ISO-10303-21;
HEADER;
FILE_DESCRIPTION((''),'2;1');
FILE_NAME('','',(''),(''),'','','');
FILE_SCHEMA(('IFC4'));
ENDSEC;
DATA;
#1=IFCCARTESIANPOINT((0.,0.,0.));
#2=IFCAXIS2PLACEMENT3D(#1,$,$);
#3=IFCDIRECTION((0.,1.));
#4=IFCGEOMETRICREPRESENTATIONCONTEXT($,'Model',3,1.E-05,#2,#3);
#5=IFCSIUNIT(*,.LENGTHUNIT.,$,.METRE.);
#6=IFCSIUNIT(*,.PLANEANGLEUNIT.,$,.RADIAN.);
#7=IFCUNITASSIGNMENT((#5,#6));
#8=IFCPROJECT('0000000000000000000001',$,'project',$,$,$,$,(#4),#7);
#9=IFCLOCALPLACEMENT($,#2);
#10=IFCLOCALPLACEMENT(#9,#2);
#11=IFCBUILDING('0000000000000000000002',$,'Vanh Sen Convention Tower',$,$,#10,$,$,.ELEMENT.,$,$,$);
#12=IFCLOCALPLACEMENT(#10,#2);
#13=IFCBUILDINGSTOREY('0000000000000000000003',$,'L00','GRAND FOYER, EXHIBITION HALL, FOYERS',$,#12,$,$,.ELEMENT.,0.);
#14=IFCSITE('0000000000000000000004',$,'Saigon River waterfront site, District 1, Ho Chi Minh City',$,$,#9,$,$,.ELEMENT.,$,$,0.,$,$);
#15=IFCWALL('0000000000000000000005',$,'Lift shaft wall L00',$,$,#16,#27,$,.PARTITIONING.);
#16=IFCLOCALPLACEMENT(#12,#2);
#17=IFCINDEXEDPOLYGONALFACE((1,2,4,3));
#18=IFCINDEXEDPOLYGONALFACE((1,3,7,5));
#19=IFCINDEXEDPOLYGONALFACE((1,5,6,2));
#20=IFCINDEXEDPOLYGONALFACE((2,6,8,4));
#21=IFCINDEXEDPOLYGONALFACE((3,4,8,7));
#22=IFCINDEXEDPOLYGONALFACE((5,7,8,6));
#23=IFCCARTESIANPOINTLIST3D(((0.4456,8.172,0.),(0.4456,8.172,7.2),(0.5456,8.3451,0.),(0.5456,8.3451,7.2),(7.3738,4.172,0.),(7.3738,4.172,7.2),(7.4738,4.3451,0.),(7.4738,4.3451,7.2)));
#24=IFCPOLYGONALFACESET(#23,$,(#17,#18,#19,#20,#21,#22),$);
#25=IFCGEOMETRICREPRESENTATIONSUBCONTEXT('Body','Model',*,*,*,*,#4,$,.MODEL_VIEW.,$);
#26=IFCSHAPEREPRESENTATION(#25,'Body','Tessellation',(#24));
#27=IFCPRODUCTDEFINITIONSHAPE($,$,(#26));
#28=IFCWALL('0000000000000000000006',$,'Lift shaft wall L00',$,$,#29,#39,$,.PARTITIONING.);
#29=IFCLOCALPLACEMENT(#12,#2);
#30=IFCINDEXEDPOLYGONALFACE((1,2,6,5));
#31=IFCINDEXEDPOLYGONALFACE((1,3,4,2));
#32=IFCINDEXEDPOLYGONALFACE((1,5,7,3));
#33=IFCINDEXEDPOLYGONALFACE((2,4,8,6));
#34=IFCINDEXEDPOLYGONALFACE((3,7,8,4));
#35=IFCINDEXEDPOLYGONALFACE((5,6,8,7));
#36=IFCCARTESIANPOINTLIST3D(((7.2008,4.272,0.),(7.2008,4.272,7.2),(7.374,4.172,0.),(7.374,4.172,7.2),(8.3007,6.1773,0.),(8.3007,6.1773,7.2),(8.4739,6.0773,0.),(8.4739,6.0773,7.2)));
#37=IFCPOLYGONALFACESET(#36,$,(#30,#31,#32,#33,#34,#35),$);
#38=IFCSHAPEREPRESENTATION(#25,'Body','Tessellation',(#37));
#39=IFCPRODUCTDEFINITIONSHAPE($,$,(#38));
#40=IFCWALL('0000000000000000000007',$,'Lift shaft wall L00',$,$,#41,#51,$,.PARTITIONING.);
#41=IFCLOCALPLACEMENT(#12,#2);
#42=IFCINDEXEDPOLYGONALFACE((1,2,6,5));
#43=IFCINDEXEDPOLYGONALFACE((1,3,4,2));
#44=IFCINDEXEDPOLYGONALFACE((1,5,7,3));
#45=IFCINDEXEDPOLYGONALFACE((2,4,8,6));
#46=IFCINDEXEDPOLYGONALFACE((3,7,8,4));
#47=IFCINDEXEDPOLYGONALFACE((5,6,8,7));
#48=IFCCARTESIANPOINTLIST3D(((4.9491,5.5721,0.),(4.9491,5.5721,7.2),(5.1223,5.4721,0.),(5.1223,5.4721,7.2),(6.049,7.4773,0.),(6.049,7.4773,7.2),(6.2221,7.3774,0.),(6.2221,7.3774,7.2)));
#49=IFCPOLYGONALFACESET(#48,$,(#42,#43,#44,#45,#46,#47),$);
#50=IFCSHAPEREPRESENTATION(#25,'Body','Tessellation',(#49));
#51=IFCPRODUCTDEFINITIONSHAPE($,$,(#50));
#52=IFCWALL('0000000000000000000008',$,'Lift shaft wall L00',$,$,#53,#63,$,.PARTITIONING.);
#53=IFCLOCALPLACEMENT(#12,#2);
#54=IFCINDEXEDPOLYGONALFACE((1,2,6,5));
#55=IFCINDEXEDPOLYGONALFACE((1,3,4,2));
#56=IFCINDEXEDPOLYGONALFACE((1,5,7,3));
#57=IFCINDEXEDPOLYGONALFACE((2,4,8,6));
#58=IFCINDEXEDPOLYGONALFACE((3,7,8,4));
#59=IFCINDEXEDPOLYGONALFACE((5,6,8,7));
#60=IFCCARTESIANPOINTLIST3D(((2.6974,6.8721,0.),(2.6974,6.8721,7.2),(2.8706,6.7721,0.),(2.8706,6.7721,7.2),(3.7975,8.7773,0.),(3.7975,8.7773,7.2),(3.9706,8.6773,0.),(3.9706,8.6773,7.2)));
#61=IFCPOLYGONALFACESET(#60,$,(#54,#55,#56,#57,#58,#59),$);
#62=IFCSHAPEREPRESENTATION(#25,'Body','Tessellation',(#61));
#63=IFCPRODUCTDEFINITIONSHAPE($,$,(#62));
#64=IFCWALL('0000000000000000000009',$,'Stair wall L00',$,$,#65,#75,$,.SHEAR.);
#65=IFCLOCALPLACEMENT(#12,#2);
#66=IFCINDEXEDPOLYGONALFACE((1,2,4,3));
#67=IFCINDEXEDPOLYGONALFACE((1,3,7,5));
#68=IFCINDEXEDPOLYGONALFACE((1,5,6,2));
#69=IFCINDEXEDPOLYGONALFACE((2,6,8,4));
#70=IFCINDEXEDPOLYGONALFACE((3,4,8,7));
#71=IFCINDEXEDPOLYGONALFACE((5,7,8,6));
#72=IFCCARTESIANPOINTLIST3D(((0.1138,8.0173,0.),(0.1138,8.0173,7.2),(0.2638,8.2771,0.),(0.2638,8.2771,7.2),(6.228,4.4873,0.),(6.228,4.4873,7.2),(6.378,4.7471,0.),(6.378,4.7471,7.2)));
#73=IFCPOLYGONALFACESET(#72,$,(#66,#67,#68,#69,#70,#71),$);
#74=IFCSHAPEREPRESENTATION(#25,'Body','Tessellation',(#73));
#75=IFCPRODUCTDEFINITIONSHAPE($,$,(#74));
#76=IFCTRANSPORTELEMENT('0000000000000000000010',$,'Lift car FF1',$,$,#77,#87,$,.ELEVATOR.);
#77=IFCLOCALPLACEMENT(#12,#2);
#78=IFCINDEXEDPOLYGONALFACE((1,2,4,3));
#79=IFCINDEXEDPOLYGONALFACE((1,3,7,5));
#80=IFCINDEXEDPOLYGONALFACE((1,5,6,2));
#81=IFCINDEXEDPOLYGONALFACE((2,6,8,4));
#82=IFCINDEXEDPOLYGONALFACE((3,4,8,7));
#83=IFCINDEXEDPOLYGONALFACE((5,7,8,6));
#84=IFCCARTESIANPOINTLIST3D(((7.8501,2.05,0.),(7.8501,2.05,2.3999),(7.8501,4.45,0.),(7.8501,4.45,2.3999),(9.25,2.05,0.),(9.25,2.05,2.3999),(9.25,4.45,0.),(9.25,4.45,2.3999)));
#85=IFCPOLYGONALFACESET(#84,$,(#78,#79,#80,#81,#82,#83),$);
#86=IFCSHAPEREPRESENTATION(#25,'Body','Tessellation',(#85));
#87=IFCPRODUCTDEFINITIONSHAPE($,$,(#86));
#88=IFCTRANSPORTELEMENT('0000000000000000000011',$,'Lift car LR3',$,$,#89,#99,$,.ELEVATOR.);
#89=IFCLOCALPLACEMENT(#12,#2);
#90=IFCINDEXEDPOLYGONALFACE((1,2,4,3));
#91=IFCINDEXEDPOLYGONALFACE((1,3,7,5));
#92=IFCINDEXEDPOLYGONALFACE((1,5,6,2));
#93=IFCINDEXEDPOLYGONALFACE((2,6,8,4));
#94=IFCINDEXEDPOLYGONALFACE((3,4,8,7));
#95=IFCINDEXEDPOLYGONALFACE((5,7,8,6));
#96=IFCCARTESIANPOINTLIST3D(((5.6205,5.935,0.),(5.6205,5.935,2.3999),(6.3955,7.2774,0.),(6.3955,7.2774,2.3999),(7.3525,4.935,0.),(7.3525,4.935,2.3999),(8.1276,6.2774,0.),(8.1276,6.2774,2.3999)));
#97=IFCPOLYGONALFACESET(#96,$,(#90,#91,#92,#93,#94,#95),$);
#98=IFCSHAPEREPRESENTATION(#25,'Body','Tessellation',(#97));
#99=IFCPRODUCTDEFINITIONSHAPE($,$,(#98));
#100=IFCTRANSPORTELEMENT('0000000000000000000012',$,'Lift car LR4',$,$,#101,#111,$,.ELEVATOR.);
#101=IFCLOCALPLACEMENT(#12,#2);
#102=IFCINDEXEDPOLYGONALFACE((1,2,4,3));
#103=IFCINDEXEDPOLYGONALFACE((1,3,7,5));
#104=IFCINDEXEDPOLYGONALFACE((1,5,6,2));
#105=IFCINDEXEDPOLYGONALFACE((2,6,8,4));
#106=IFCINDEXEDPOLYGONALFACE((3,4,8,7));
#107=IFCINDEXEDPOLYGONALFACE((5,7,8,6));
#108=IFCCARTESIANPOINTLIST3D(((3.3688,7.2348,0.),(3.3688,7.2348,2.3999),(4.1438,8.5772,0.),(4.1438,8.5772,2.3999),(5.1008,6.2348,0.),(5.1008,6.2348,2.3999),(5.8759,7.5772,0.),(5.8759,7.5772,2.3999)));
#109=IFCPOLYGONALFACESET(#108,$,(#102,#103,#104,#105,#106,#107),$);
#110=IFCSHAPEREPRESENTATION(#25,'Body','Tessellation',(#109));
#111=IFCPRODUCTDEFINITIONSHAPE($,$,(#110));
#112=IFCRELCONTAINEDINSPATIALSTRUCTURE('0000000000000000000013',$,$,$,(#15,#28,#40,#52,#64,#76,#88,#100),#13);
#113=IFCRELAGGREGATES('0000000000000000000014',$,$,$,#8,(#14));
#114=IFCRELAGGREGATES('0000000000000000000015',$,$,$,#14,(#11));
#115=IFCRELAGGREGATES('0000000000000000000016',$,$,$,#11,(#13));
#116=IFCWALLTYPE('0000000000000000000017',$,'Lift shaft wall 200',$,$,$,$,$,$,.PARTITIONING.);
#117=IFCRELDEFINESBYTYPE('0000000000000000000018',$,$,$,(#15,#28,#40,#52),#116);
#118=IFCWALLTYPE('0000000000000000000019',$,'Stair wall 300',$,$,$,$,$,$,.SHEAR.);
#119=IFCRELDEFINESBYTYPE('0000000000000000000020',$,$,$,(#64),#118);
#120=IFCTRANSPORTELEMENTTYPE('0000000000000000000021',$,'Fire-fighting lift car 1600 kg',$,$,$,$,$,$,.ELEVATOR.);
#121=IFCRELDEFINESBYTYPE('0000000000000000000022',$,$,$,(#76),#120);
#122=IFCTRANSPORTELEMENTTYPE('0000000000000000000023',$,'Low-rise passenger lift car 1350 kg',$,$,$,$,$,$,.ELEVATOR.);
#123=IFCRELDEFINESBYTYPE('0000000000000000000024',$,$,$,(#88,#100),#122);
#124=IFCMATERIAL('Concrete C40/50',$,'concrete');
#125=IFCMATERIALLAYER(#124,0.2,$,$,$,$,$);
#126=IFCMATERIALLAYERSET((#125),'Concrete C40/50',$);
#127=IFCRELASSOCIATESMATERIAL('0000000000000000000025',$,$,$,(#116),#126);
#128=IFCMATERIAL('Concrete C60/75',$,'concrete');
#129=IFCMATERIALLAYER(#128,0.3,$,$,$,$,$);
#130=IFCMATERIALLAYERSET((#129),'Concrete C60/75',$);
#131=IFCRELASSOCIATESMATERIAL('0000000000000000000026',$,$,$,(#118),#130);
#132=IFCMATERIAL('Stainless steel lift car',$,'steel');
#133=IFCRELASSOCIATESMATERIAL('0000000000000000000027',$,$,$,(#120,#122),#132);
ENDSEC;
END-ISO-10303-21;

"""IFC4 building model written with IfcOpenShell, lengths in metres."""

from ifc_helpers import new_model, si_unit, direction, frame, frame_2d, origin, origin_2d, place, context, subcontext, project, spatial, rectangle, extrude, material, layer, layer_set, type_object, element, save


model = new_model("IFC4")

# Units and contexts
model_context = context("Model", 3, precision=1e-05, world=origin(), true_north=direction((0.0, 1.0)))
body_context = subcontext(model_context, "Body", "Model", "MODEL_VIEW")
ifc_project = project(units=[si_unit("LENGTHUNIT", "METRE"), si_unit("PLANEANGLEUNIT", "RADIAN")], contexts=[model_context])

# Site, building, storey
site_placement = place(None, origin())
site = spatial("IfcSite", under=ifc_project, at=site_placement, Name="Saigon River waterfront site, District 1, Ho Chi Minh City", CompositionType="ELEMENT", RefElevation=0.0)
building_placement = place(site_placement, origin())
building = spatial("IfcBuilding", under=site, at=building_placement, Name="Vanh Sen Convention Tower", CompositionType="ELEMENT")
storey_placement = place(building_placement, origin())
storey = spatial("IfcBuildingStorey", under=building, at=storey_placement, Name="L00", Description="GRAND FOYER, EXHIBITION HALL, FOYERS", CompositionType="ELEMENT", Elevation=0.0)

# Shared definitions
ifc_material_1 = material(Name="Concrete C40/50", Category="concrete")

# Walls
ifc_material_2 = material(Name="Concrete C60/75", Category="concrete")
ifc_layer_1 = layer(ifc_material_1, 0.2)
ifc_layer_set_1 = layer_set([ifc_layer_1], Name="Concrete C40/50")
wall_type_1 = type_object("IfcWallType", Name="Lift shaft wall 200", PredefinedType="PARTITIONING", material=ifc_layer_set_1)
wall_1_placement = place(storey_placement, frame((7.4238, 4.2585, 0.0), z_axis=(0.0, 0.0, 1.0), x_axis=(-0.866026, 0.499999, 0.0)))
element("IfcWall", 1, at=wall_1_placement, inside=storey, type_object=wall_type_1, Name="Lift shaft wall L00", PredefinedType="PARTITIONING", context=body_context, shape_type="SweptSolid", body=[
    extrude(rectangle(XDim=8.0, YDim=0.2, at=frame_2d((4.0, 0.0))), origin(), (0.0, 0.0, 1.0), 7.2),
])
for number, where, z_axis, x_axis, name in (
    (2, (7.2874, 4.2219, 0.0), (0.0, 0.0, 1.0), (0.499947, 0.866056, 0.0), "Lift shaft wall L00"),
    (3, (5.0356, 5.522, 0.0), (0.0, 0.0, 1.0), (0.499947, 0.866056, 0.0), "Lift shaft wall L00"),
    (4, (2.7839, 6.822, 0.0), (0.0, 0.0, 1.0), (0.50003, 0.866008, 0.0), "Lift shaft wall L00"),
):
    element("IfcWall", number, at=place(storey_placement, frame(where, z_axis=z_axis, x_axis=x_axis)), inside=storey, type_object=wall_type_1, Name=name, PredefinedType="PARTITIONING", context=body_context, shape_type="SweptSolid", body=[
        extrude(rectangle(XDim=2.2, YDim=0.2, at=frame_2d((1.1001, 0.0))), origin(), (0.0, 0.0, 1.0), 7.2),
    ])
ifc_layer_2 = layer(ifc_material_2, 0.3)
ifc_layer_set_2 = layer_set([ifc_layer_2], Name="Concrete C60/75")
wall_type_2 = type_object("IfcWallType", Name="Stair wall 300", PredefinedType="SHEAR", material=ifc_layer_set_2)
wall_2_placement = place(storey_placement, frame((6.303, 4.6172, 0.0), z_axis=(0.0, 0.0, 1.0), x_axis=(-0.866028, 0.499996, 0.0)))
element("IfcWall", 5, at=wall_2_placement, inside=storey, type_object=wall_type_2, Name="Stair wall L00", PredefinedType="SHEAR", context=body_context, shape_type="SweptSolid", body=[
    extrude(rectangle(XDim=7.0601, YDim=0.3, at=frame_2d((3.53, 0.0))), origin(), (0.0, 0.0, 1.0), 7.2),
])

# Transport elements
ifc_material_3 = material(Name="Stainless steel lift car", Category="steel")
transport_element_type_1 = type_object("IfcTransportElementType", Name="Fire-fighting lift car 1600 kg", PredefinedType="ELEVATOR", material=ifc_material_3)
transport_element_placement = place(storey_placement, frame((8.55, 3.25, 0.0), z_axis=(0.0, 0.0, 1.0), x_axis=(1.0, 0.0, 0.0)))
element("IfcTransportElement", 6, at=transport_element_placement, inside=storey, type_object=transport_element_type_1, Name="Lift car FF1", PredefinedType="ELEVATOR", context=body_context, shape_type="SweptSolid", body=[
    extrude(rectangle(XDim=1.3999, YDim=2.3999, at=origin_2d()), origin(), (0.0, 0.0, 1.0), 2.3999),
])
transport_element_type_2 = type_object("IfcTransportElementType", Name="Low-rise passenger lift car 1350 kg", PredefinedType="ELEVATOR", material=ifc_material_3)
for number, where, z_axis, x_axis, name in (
    (7, (6.874, 6.1062, 0.0), (0.0, 0.0, 1.0), (-0.866025, 0.5, 0.0), "Lift car LR3"),
    (8, (4.6223, 7.406, 0.0), (0.0, 0.0, 1.0), (-0.866025, 0.5, 0.0), "Lift car LR4"),
):
    element("IfcTransportElement", number, at=place(storey_placement, frame(where, z_axis=z_axis, x_axis=x_axis)), inside=storey, type_object=transport_element_type_2, Name=name, PredefinedType="ELEVATOR", context=body_context, shape_type="SweptSolid", body=[
        extrude(rectangle(XDim=2.0, YDim=1.55, at=origin_2d()), origin(), (0.0, 0.0, 1.0), 2.3999),
    ])

save(model, "model.ifc")
